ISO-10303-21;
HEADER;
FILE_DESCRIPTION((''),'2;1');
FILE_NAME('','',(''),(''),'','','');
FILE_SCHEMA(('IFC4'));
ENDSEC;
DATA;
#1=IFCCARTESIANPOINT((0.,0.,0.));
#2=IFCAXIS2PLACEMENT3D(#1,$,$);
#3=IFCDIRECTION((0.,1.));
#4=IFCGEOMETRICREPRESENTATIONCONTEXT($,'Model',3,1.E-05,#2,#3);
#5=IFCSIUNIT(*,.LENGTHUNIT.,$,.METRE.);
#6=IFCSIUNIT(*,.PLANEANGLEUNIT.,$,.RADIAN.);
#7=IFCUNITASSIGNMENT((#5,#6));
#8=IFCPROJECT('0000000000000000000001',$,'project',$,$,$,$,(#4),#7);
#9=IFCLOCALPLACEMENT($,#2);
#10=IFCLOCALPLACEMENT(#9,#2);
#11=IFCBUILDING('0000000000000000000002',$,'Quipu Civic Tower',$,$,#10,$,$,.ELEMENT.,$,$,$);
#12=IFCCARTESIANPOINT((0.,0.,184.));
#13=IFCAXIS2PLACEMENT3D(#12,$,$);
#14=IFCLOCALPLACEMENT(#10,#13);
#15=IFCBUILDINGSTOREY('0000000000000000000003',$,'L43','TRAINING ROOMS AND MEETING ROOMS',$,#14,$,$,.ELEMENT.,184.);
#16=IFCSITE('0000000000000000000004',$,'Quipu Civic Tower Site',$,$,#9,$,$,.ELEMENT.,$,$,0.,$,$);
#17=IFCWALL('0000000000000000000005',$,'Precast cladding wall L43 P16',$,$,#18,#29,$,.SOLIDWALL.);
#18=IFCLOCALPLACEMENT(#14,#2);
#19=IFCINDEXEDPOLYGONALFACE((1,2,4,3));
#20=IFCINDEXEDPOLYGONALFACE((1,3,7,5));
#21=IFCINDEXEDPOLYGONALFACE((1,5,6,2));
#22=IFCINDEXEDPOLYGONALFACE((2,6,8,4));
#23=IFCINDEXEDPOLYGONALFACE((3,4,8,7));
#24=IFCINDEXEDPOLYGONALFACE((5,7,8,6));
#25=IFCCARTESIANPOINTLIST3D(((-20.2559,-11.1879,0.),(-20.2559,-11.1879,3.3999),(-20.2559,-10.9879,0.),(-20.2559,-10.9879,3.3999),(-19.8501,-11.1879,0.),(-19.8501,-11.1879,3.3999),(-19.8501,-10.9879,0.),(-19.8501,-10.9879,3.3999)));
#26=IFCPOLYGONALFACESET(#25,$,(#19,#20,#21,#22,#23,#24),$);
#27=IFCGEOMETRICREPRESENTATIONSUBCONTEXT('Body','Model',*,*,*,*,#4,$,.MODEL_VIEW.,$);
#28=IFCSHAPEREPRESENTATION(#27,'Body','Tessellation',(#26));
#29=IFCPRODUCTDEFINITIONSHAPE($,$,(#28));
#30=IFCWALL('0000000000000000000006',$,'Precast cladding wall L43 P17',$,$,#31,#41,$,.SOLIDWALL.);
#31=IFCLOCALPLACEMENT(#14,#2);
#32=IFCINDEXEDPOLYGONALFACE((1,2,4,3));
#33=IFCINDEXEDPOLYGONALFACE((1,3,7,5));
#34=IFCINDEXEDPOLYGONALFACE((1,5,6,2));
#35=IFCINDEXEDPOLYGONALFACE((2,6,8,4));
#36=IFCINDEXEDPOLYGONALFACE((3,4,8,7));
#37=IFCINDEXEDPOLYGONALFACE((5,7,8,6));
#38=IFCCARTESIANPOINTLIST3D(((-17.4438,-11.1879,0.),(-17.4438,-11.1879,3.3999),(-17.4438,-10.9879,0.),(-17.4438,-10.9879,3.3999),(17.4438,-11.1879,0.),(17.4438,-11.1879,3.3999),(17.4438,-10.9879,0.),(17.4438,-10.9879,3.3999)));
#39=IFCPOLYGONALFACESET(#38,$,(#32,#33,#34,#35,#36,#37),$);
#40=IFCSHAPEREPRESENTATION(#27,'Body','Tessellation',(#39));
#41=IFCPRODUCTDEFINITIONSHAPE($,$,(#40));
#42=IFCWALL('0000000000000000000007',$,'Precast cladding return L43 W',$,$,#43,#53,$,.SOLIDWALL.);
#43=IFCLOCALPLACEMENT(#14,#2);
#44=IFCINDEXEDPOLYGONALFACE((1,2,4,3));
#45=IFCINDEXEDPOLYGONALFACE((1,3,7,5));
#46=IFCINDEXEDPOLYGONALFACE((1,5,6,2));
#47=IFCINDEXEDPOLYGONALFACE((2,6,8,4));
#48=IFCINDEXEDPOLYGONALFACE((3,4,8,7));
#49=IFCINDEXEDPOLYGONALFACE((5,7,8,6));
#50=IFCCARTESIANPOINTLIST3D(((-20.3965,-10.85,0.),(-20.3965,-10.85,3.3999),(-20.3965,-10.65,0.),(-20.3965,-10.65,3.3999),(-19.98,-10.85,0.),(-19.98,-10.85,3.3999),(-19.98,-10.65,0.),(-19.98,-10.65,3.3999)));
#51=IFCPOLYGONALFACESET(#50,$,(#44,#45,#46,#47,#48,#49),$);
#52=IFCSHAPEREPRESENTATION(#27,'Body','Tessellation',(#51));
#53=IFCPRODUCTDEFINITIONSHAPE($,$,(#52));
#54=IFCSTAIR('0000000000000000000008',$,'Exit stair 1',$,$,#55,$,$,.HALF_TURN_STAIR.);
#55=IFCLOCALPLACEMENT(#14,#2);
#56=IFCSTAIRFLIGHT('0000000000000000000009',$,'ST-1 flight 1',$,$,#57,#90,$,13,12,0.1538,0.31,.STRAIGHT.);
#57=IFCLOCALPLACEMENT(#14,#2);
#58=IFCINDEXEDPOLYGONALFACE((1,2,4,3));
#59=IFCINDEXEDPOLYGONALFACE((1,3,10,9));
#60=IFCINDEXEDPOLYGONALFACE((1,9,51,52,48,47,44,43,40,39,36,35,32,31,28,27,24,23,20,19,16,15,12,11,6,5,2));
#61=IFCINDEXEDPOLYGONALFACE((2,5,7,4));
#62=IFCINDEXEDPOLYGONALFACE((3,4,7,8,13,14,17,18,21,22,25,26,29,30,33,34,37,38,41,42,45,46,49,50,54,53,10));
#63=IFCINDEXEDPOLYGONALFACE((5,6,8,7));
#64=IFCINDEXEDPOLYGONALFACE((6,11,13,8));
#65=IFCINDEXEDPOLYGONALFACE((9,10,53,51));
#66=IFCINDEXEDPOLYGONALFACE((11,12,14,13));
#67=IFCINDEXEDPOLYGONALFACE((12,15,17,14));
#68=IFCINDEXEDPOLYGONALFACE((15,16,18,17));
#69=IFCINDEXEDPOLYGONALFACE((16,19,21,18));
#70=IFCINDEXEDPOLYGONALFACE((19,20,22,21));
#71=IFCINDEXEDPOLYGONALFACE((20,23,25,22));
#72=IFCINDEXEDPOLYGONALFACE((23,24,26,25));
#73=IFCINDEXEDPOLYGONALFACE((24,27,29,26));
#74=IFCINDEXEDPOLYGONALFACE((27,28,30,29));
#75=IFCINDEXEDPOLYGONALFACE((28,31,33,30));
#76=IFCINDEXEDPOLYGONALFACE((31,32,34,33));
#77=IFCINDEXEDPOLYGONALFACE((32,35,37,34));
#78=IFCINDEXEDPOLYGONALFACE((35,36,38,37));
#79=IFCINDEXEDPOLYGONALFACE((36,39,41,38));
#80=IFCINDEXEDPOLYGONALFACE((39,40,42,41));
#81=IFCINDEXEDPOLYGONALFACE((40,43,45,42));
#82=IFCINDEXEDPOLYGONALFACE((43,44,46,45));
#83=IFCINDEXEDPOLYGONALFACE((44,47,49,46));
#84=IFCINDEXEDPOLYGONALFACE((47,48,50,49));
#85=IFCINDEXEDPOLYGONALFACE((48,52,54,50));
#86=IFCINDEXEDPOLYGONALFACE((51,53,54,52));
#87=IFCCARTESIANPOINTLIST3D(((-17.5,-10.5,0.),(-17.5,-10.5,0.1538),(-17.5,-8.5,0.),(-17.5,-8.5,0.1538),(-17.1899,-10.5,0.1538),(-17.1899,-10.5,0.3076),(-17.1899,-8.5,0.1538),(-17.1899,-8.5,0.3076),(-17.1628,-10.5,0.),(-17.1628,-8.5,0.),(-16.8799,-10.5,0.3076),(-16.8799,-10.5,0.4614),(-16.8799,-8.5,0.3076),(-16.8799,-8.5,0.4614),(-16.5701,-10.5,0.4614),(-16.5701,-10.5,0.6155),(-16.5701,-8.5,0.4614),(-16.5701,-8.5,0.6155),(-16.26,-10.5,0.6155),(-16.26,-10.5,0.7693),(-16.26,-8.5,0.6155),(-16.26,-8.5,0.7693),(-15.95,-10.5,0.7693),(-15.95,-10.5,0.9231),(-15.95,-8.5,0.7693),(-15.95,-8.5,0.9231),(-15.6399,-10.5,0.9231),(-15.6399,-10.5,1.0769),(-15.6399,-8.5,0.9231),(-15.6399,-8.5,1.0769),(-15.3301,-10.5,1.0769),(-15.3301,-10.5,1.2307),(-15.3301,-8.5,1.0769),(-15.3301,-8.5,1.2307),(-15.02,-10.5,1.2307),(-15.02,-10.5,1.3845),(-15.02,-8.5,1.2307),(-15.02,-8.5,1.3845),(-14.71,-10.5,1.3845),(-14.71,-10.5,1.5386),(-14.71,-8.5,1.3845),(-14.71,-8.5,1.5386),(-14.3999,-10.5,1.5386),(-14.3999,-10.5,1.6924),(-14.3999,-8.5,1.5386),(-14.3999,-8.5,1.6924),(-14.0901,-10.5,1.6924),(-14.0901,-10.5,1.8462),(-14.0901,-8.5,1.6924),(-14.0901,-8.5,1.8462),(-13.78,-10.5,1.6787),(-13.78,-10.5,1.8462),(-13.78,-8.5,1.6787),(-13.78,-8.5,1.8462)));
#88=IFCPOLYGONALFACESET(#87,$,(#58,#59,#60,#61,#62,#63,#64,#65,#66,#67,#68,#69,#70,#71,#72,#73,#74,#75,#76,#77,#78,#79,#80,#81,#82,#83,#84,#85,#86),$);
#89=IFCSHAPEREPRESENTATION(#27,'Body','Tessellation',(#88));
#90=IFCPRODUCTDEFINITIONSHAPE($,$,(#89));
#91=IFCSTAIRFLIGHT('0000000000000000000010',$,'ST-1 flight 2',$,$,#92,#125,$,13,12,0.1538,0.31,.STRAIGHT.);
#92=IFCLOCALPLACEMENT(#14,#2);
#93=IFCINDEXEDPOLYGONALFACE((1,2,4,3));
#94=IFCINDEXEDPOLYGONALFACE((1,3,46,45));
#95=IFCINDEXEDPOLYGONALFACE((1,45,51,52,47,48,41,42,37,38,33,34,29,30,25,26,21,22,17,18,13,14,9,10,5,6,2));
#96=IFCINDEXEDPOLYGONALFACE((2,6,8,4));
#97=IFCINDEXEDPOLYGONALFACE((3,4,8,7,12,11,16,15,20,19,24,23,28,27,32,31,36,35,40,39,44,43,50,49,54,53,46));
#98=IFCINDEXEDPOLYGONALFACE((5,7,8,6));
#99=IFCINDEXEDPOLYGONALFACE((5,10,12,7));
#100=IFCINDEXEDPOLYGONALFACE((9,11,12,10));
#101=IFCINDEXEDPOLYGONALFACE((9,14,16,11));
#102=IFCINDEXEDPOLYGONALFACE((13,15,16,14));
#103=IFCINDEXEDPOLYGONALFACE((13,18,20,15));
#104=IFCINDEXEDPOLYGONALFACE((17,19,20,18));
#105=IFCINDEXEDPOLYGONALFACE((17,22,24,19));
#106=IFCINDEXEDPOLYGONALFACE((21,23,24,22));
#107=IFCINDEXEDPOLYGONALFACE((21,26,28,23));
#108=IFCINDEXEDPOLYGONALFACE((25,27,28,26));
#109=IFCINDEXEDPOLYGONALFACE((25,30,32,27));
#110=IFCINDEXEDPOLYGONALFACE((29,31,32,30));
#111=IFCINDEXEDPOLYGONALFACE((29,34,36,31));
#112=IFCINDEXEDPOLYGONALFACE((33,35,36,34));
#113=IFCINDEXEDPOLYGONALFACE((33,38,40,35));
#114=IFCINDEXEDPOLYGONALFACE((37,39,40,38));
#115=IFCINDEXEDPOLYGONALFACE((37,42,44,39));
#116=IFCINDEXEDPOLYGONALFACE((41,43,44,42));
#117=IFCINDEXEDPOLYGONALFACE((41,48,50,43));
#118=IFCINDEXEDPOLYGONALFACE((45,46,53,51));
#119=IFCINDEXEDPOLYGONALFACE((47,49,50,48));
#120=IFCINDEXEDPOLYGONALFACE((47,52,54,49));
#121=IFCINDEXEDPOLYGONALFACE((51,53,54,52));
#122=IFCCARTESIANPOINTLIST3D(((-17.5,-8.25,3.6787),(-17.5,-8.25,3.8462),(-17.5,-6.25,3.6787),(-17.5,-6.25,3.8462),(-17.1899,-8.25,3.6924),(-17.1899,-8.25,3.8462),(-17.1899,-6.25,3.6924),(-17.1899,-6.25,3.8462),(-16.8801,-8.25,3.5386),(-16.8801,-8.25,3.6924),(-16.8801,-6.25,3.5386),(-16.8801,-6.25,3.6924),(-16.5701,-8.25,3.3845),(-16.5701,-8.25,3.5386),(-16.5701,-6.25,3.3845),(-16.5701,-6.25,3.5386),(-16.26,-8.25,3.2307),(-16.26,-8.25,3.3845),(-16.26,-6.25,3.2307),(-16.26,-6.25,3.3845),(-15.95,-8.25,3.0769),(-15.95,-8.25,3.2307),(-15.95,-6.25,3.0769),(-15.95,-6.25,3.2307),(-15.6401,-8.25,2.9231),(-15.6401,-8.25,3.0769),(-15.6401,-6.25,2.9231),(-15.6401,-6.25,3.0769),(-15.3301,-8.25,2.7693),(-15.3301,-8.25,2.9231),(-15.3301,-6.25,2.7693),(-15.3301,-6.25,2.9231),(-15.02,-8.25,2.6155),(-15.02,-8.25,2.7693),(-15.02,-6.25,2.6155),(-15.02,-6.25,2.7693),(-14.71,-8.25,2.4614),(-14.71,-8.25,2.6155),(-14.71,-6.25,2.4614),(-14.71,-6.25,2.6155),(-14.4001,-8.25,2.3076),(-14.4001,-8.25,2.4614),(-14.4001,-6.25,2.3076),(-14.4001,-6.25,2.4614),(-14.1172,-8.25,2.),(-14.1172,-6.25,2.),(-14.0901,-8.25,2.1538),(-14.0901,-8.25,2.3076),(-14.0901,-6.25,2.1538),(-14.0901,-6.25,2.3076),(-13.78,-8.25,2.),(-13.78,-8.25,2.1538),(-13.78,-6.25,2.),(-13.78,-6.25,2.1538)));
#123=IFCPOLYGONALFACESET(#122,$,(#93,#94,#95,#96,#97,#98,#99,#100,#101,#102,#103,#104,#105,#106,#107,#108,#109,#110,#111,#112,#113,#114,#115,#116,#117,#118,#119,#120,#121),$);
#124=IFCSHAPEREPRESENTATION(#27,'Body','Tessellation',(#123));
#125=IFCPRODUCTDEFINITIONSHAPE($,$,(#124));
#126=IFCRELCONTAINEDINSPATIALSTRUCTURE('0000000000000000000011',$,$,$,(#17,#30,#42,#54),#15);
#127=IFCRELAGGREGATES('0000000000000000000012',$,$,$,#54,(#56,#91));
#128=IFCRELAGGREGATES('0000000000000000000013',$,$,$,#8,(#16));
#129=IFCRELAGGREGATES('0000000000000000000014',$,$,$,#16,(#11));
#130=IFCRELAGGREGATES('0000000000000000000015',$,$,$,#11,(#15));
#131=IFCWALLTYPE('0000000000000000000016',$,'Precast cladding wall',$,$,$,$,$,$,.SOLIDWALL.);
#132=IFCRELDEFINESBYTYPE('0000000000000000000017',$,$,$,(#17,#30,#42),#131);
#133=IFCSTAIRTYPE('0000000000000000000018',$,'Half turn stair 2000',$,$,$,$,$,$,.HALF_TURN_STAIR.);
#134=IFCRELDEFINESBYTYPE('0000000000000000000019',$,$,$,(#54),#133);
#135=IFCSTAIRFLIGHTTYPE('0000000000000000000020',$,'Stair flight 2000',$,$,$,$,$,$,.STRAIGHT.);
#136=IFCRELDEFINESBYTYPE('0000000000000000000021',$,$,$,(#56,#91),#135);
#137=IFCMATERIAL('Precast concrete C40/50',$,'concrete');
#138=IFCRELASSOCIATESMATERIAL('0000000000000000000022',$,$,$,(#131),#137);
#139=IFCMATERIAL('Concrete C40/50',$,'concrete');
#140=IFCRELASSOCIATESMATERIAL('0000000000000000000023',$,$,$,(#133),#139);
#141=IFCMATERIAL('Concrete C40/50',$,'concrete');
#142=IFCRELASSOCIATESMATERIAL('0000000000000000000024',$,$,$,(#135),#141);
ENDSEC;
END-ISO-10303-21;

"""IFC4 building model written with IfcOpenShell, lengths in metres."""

from ifc_helpers import new_model, si_unit, direction, frame, frame_2d, origin, place, context, subcontext, project, spatial, polyline, rectangle, outline, extrude, material, type_object, element, aggregate, save


model = new_model("IFC4")

# Units and contexts
model_context = context("Model", 3, precision=1e-05, world=origin(), true_north=direction((0.0, 1.0)))
body_context = subcontext(model_context, "Body", "Model", "MODEL_VIEW")
ifc_project = project(units=[si_unit("LENGTHUNIT", "METRE"), si_unit("PLANEANGLEUNIT", "RADIAN")], contexts=[model_context])

# Site, building, storey
site_placement = place(None, origin())
site = spatial("IfcSite", under=ifc_project, at=site_placement, Name="Quipu Civic Tower Site", CompositionType="ELEMENT", RefElevation=0.0)
building_placement = place(site_placement, origin())
building = spatial("IfcBuilding", under=site, at=building_placement, Name="Quipu Civic Tower", CompositionType="ELEMENT")
storey_placement = place(building_placement, frame((0.0, 0.0, 184.0)))
storey = spatial("IfcBuildingStorey", under=building, at=storey_placement, Name="L43", Description="TRAINING ROOMS AND MEETING ROOMS", CompositionType="ELEMENT", Elevation=184.0)

# Walls
ifc_material_1 = material(Name="Precast concrete C40/50", Category="concrete")
wall_type_1 = type_object("IfcWallType", Name="Precast cladding wall", PredefinedType="SOLIDWALL", material=ifc_material_1)
wall_1_placement = place(storey_placement, frame((-20.2559, -11.0879, 0.0), z_axis=(0.0, 0.0, 1.0), x_axis=(1.0, 0.0, 0.0)))
element("IfcWall", 1, at=wall_1_placement, inside=storey, type_object=wall_type_1, Name="Precast cladding wall L43 P16", PredefinedType="SOLIDWALL", context=body_context, shape_type="SweptSolid", body=[
    extrude(rectangle(XDim=0.4058, YDim=0.2, at=frame_2d((0.2029, 0.0))), origin(), (0.0, 0.0, 1.0), 3.3999),
])
wall_2_placement = place(storey_placement, frame((-17.4438, -11.0879, 0.0), z_axis=(0.0, 0.0, 1.0), x_axis=(1.0, 0.0, 0.0)))
element("IfcWall", 2, at=wall_2_placement, inside=storey, type_object=wall_type_1, Name="Precast cladding wall L43 P17", PredefinedType="SOLIDWALL", context=body_context, shape_type="SweptSolid", body=[
    extrude(rectangle(XDim=34.8877, YDim=0.2, at=frame_2d((17.4438, 0.0))), origin(), (0.0, 0.0, 1.0), 3.3999),
])
wall_3_placement = place(storey_placement, frame((-19.98, -10.75, 0.0), z_axis=(0.0, 0.0, 1.0), x_axis=(-1.0, 0.0, 0.0)))
element("IfcWall", 3, at=wall_3_placement, inside=storey, type_object=wall_type_1, Name="Precast cladding return L43 W", PredefinedType="SOLIDWALL", context=body_context, shape_type="SweptSolid", body=[
    extrude(rectangle(XDim=0.4165, YDim=0.2, at=frame_2d((0.2083, 0.0))), origin(), (0.0, 0.0, 1.0), 3.3999),
])

# Stair, stair flights
ifc_material_2 = material(Name="Concrete C40/50", Category="concrete")
stair_type = type_object("IfcStairType", Name="Half turn stair 2000", PredefinedType="HALF_TURN_STAIR", material=ifc_material_2)
stair_placement = place(storey_placement, origin())
stair = element("IfcStair", 4, at=stair_placement, inside=storey, type_object=stair_type, Name="Exit stair 1", PredefinedType="HALF_TURN_STAIR")
ifc_material_3 = material(Name="Concrete C40/50", Category="concrete")
stair_flight_type = type_object("IfcStairFlightType", Name="Stair flight 2000", PredefinedType="STRAIGHT", material=ifc_material_3)
stair_flight_1_placement = place(storey_placement, frame((-17.5, -9.5, 0.0), z_axis=(0.0, 0.0, 1.0), x_axis=(1.0, 0.0, 0.0)))
stair_flight_1 = element("IfcStairFlight", 5, at=stair_flight_1_placement, type_object=stair_flight_type, Name="ST-1 flight 1", NumberOfRisers=13, NumberOfTreads=12, PredefinedType="STRAIGHT", RiserHeight=0.1538, TreadLength=0.31, context=body_context, shape_type="SweptSolid", body=[
    extrude(outline(polyline([(0.0, 0.0), (0.0, 0.1538), (0.3101, 0.1538), (0.3101, 0.3076), (0.6201, 0.3076), (0.6201, 0.4614), (0.9299, 0.4614), (0.9299, 0.6155), (1.24, 0.6155), (1.24, 0.7693), (1.55, 0.7693), (1.55, 0.9231), (1.8601, 0.9231), (1.8601, 1.0769), (2.1699, 1.0769), (2.1699, 1.2307), (2.48, 1.2307), (2.48, 1.3845), (2.79, 1.3845), (2.79, 1.5386), (3.1001, 1.5386), (3.1001, 1.6924), (3.4099, 1.6924), (3.4099, 1.8462), (3.72, 1.8462), (3.72, 2.0), (3.72, 1.6787), (0.3372, 0.0), (0.0, 0.0)])), frame((0.0, 1.0, 0.0), z_axis=(0.0, -1.0, 0.0), x_axis=(1.0, 0.0, 0.0)), (0.0, 0.0, 1.0), 2.0),
])
stair_flight_2_placement = place(storey_placement, frame((-13.78, -7.25, 2.0), z_axis=(0.0, 0.0, 1.0), x_axis=(-1.0, 0.0, 0.0)))
stair_flight_2 = element("IfcStairFlight", 6, at=stair_flight_2_placement, type_object=stair_flight_type, Name="ST-1 flight 2", NumberOfRisers=13, NumberOfTreads=12, PredefinedType="STRAIGHT", RiserHeight=0.1538, TreadLength=0.31, context=body_context, shape_type="SweptSolid", body=[
    extrude(outline(polyline([(0.0, 0.0), (0.0, 0.1538), (0.3101, 0.1538), (0.3101, 0.3076), (0.6201, 0.3076), (0.6201, 0.4614), (0.9299, 0.4614), (0.9299, 0.6155), (1.24, 0.6155), (1.24, 0.7693), (1.55, 0.7693), (1.55, 0.9231), (1.8601, 0.9231), (1.8601, 1.0769), (2.1699, 1.0769), (2.1699, 1.2307), (2.48, 1.2307), (2.48, 1.3845), (2.79, 1.3845), (2.79, 1.5386), (3.1001, 1.5386), (3.1001, 1.6924), (3.4099, 1.6924), (3.4099, 1.8462), (3.72, 1.8462), (3.72, 2.0), (3.72, 1.6787), (0.3372, 0.0), (0.0, 0.0)])), frame((0.0, 1.0, 0.0), z_axis=(0.0, -1.0, 0.0), x_axis=(1.0, 0.0, 0.0)), (0.0, 0.0, 1.0), 2.0),
])
aggregate(stair, [stair_flight_1, stair_flight_2])

save(model, "model.ifc")
